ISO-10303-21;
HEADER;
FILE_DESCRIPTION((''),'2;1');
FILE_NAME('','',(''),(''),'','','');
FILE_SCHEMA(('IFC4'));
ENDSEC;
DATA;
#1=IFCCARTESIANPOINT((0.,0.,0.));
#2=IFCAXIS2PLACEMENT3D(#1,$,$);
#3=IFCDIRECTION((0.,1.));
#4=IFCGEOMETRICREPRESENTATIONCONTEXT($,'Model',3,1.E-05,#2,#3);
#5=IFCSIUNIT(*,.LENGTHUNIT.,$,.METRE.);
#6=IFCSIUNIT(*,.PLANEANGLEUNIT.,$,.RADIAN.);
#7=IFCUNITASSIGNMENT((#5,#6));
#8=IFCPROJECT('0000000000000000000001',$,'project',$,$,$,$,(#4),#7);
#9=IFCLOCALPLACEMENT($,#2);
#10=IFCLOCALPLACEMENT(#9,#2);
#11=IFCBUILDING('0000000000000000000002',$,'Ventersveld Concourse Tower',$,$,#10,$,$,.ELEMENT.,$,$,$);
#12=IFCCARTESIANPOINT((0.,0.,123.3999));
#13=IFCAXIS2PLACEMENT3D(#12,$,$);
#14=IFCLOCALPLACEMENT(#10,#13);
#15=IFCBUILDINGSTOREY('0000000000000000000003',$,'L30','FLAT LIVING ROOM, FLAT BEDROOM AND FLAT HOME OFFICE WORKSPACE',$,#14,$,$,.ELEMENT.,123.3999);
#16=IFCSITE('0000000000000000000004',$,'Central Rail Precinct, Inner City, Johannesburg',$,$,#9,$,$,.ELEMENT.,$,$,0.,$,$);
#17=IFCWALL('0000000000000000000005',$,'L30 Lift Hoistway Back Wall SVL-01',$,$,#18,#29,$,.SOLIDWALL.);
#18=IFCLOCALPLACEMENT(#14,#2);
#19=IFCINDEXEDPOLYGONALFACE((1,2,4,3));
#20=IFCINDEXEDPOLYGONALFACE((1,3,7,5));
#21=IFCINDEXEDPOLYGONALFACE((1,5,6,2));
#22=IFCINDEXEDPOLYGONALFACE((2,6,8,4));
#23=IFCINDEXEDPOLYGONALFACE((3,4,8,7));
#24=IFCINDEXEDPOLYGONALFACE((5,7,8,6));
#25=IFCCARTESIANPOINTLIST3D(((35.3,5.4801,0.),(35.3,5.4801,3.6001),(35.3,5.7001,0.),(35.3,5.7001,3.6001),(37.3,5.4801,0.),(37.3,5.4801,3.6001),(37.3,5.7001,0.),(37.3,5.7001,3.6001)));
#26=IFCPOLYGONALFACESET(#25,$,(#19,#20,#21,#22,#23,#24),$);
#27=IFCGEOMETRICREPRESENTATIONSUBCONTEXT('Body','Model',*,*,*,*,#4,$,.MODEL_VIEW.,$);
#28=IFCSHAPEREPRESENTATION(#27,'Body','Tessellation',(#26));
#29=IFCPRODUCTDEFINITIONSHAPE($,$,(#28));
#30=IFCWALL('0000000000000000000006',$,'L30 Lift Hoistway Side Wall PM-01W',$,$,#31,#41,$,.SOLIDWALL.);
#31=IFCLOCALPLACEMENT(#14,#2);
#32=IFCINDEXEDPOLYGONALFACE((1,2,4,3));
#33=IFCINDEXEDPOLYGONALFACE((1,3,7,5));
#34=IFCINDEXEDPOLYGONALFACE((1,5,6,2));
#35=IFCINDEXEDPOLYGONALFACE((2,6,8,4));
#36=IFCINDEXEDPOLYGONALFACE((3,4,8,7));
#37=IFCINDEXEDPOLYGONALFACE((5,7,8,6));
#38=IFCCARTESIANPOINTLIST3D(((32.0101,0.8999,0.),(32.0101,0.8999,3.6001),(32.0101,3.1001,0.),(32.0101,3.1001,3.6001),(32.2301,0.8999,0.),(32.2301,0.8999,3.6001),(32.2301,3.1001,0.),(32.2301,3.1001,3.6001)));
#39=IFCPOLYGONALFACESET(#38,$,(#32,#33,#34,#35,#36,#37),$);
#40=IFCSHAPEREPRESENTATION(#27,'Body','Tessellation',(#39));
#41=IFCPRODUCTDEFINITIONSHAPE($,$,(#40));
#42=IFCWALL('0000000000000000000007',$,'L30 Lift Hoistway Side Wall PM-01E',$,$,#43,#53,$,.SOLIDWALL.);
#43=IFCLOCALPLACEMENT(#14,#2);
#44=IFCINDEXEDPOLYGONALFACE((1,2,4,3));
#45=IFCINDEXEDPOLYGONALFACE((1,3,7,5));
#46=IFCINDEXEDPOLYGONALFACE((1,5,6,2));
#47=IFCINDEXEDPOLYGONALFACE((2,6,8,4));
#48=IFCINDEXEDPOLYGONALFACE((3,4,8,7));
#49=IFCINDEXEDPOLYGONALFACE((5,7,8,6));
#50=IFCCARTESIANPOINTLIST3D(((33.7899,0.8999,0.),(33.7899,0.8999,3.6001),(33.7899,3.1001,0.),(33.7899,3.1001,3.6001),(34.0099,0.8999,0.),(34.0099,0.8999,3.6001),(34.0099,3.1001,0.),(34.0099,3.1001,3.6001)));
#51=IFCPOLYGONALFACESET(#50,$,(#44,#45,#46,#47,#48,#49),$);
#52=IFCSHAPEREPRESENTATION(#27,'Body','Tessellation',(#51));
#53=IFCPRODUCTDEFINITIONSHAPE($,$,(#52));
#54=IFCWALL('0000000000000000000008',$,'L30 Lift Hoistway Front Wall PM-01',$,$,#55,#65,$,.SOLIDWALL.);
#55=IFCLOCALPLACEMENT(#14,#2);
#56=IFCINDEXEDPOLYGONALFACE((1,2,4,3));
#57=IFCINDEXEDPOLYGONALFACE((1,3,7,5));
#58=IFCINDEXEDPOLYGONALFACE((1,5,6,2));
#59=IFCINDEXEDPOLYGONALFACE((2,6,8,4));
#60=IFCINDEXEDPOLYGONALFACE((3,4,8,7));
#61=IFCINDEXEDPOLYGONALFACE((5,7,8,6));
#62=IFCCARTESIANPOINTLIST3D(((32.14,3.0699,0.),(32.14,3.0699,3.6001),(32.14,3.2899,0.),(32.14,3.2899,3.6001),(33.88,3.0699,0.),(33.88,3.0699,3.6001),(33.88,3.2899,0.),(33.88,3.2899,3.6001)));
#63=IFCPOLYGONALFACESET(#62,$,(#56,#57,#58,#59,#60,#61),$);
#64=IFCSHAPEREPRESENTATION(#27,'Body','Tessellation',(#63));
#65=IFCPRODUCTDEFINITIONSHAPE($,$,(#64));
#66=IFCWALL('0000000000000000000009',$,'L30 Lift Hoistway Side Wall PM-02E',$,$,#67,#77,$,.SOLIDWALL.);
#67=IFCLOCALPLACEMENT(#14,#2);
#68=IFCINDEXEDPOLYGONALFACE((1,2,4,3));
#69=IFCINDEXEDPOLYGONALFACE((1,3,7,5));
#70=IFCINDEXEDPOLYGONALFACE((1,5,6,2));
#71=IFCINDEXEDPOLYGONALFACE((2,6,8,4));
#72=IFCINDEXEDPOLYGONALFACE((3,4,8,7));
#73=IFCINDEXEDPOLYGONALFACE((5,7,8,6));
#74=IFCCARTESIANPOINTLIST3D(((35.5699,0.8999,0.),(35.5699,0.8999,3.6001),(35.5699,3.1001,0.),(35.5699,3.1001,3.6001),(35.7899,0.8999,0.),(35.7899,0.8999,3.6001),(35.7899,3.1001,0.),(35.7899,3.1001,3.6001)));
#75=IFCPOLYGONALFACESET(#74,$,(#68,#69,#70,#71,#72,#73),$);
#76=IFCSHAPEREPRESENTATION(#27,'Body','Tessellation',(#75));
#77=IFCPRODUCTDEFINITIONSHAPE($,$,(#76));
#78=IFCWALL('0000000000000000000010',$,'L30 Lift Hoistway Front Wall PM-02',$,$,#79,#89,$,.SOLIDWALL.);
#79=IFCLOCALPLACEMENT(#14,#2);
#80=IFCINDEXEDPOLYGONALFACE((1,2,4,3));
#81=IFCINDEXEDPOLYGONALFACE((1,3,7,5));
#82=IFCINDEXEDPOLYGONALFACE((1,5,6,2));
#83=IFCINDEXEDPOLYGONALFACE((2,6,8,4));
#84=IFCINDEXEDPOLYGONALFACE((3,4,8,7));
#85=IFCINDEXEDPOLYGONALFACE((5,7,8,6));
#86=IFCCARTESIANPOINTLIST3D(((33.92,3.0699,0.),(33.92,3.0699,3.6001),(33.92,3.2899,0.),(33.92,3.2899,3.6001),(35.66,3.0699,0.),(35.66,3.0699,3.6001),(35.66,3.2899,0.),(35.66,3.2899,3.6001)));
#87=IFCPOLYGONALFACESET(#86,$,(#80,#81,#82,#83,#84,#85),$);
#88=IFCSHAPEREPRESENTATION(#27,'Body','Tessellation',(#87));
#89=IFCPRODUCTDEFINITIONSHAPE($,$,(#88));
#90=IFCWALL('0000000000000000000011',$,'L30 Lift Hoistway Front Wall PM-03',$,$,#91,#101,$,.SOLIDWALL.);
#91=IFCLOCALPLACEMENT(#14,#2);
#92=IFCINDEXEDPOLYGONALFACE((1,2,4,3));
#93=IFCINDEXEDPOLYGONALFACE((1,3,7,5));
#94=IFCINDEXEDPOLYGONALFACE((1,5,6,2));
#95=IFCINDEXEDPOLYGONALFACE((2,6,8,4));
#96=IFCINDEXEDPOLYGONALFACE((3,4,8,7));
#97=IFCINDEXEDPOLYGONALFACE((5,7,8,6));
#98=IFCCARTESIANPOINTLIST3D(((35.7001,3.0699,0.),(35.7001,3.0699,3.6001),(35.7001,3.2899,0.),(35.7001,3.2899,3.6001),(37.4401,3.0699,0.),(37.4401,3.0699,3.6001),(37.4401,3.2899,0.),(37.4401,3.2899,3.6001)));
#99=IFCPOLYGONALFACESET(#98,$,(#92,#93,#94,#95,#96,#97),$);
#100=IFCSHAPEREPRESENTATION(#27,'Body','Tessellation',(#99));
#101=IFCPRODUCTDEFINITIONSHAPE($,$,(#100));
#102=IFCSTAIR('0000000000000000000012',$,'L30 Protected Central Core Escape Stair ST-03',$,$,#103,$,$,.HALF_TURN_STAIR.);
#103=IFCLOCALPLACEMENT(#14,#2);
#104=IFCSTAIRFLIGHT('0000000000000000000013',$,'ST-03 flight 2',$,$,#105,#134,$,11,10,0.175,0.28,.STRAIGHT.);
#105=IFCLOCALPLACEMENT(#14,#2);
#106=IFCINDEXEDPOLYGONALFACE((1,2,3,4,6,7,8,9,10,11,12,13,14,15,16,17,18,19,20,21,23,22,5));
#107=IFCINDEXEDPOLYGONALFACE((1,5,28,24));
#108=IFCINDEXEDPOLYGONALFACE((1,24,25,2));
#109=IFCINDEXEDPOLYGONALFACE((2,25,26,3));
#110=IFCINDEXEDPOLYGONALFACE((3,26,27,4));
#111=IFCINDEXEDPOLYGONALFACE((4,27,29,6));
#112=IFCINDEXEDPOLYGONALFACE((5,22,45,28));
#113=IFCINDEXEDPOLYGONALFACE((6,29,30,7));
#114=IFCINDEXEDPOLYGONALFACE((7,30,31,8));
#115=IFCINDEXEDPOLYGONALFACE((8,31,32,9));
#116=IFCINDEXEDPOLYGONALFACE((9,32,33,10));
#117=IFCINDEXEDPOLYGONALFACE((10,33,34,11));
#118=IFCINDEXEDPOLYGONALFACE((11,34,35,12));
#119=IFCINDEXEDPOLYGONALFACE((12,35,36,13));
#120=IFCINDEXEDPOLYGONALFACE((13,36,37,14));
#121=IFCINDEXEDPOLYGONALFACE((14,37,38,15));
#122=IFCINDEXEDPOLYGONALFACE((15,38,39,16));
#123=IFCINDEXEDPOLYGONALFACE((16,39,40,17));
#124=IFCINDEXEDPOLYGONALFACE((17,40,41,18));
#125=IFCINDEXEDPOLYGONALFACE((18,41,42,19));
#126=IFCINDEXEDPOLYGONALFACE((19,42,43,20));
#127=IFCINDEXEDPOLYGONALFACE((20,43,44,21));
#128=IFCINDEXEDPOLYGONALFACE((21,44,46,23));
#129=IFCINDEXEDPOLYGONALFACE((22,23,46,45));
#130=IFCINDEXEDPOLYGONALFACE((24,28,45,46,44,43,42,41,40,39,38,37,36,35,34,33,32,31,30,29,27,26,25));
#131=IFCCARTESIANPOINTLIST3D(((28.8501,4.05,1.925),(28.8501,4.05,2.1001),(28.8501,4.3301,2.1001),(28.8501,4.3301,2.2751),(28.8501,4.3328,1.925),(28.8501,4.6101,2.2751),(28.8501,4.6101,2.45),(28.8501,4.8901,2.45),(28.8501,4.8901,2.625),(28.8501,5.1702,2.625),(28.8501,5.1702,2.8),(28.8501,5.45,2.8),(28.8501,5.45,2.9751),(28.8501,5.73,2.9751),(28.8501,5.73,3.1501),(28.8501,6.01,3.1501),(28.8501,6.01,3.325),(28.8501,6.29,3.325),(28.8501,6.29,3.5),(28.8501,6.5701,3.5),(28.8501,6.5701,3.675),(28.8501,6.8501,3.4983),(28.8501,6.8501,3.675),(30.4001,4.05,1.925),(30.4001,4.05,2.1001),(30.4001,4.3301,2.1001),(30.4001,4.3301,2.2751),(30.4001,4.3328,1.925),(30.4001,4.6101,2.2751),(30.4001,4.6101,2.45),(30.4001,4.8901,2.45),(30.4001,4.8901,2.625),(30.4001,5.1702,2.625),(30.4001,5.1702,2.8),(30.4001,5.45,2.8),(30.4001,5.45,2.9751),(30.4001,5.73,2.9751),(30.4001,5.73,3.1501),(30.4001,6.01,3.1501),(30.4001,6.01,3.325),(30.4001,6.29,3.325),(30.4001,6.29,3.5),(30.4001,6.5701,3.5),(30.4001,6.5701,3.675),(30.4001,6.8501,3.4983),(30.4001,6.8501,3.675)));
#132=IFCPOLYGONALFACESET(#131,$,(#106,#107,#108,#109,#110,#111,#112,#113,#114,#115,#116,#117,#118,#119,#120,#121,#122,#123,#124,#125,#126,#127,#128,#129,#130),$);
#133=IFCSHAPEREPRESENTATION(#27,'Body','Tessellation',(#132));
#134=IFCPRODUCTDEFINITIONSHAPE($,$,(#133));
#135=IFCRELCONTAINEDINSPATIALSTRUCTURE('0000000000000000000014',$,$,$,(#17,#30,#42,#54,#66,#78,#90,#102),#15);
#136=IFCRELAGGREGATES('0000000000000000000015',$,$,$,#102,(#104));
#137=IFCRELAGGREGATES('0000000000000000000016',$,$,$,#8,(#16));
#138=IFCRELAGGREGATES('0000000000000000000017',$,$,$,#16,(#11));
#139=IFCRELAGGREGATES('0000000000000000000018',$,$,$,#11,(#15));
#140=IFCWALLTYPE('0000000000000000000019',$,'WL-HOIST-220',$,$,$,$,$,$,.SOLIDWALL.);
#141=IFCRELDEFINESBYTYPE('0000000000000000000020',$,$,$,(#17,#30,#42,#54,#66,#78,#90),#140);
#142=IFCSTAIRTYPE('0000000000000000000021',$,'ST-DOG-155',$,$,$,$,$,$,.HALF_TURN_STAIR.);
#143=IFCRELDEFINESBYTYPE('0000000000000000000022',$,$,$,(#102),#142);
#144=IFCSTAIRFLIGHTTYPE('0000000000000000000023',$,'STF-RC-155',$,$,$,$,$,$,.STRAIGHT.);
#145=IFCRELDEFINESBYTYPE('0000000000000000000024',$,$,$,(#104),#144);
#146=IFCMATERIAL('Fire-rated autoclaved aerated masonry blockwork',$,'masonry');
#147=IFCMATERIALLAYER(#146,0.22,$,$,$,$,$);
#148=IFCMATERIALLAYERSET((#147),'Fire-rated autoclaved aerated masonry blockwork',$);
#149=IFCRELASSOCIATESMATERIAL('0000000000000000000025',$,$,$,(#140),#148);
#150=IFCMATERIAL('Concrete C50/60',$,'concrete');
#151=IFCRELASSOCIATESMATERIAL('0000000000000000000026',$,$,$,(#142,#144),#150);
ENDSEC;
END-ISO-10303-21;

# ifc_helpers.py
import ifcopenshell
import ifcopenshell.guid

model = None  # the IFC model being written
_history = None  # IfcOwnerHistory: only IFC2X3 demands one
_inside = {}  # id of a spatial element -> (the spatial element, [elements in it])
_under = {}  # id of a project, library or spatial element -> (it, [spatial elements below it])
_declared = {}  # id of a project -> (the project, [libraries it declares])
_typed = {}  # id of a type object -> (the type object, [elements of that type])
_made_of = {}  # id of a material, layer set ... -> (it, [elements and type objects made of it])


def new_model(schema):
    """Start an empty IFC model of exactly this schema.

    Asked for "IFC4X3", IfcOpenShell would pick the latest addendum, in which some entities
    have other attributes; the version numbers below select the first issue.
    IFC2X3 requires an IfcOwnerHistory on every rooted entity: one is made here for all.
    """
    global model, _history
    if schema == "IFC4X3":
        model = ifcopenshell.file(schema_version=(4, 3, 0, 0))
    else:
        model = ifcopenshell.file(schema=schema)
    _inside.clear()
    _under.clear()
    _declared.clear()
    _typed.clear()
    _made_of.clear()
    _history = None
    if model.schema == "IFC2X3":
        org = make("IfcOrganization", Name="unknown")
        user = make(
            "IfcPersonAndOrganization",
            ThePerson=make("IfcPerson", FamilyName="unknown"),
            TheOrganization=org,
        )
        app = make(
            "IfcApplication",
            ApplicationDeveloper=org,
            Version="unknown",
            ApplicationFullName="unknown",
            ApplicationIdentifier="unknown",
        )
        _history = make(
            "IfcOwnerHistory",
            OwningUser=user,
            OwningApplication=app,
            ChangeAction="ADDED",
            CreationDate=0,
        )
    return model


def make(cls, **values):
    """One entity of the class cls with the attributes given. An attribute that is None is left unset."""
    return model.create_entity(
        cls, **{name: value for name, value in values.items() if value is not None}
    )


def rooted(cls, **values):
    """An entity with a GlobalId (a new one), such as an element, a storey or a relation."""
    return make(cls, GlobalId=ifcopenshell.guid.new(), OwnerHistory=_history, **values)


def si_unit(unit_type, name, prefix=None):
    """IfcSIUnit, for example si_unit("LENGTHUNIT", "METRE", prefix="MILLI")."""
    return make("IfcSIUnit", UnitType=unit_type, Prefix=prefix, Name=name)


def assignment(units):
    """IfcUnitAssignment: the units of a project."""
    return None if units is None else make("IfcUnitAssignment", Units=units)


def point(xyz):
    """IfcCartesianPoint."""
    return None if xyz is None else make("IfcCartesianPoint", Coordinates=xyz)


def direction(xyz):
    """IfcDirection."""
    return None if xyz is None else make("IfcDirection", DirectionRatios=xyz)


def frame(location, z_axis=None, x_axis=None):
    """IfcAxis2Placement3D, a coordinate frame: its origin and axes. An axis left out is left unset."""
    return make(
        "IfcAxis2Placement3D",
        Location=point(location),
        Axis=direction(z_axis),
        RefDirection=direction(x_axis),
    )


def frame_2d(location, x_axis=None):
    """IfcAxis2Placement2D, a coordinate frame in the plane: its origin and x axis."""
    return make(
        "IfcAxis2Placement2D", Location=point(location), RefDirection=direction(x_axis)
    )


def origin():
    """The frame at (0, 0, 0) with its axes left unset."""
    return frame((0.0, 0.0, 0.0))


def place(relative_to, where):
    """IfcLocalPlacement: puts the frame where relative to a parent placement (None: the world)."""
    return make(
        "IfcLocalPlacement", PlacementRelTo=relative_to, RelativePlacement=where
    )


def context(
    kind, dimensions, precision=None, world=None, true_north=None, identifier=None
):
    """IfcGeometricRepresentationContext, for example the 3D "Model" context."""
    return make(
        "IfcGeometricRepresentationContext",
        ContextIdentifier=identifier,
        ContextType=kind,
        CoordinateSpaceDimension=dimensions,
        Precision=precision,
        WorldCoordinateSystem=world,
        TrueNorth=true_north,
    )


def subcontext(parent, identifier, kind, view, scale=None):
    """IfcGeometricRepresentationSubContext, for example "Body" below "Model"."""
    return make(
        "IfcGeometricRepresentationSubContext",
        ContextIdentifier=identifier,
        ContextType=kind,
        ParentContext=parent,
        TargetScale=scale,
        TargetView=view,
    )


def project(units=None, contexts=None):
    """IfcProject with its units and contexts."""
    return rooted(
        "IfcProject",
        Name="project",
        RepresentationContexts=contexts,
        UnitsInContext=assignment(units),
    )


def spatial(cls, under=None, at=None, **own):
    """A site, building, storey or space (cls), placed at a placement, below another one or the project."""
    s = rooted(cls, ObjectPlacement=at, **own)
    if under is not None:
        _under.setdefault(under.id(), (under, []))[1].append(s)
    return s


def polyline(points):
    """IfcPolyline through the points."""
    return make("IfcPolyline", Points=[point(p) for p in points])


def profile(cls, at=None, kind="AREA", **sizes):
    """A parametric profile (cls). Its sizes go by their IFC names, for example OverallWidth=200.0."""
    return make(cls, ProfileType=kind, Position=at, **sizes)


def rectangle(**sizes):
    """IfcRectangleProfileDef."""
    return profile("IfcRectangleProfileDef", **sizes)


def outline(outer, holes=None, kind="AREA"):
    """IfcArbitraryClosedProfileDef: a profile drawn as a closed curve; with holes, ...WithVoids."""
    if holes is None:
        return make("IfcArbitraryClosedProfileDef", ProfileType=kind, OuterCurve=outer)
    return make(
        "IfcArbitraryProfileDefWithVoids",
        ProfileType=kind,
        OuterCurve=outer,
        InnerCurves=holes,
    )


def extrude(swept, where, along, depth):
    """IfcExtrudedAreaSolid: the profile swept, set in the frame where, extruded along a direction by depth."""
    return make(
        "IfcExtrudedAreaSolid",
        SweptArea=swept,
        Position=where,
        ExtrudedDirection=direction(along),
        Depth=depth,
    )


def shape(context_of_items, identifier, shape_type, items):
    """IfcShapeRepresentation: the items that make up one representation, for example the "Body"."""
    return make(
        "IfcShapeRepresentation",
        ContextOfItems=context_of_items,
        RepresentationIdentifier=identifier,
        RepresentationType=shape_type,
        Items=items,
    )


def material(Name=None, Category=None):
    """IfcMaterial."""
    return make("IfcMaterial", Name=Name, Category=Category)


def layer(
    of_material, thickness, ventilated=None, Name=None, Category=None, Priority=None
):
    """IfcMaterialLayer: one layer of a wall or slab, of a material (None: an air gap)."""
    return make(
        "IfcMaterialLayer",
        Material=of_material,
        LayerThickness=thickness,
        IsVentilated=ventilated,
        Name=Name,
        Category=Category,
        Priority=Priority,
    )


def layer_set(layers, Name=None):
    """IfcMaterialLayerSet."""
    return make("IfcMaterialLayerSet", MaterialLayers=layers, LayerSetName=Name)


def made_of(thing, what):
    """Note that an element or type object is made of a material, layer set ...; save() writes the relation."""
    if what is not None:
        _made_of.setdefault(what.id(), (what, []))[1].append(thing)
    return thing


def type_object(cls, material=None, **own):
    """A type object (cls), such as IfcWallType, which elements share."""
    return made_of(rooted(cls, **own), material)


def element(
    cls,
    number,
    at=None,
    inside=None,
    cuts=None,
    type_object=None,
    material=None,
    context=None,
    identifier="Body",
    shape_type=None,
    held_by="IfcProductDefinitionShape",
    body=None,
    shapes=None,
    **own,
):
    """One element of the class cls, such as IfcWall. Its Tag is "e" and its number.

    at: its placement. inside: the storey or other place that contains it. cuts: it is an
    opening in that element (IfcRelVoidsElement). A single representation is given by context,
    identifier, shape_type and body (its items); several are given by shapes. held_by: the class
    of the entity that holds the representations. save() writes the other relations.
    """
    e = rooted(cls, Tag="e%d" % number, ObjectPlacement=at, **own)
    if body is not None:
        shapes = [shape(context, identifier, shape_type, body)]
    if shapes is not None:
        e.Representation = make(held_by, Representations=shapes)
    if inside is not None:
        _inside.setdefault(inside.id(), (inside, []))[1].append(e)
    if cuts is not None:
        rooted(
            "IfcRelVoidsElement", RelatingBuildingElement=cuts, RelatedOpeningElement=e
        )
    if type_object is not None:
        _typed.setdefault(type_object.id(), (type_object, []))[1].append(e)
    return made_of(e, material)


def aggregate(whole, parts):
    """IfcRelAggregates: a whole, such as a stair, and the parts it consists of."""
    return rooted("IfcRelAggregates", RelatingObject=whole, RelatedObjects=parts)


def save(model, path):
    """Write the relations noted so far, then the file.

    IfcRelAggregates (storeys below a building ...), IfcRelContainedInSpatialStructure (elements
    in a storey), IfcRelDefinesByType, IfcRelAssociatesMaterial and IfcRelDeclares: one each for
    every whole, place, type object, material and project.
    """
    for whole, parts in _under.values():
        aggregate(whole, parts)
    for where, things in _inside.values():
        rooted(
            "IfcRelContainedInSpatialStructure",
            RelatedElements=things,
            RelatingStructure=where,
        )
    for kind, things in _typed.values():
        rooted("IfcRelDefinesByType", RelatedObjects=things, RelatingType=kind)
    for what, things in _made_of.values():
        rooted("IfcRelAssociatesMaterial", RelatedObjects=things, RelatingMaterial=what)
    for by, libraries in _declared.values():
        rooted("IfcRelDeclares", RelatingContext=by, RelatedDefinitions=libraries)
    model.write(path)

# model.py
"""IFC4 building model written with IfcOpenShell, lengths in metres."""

from ifc_helpers import new_model, si_unit, direction, frame, frame_2d, origin, place, context, subcontext, project, spatial, polyline, rectangle, outline, extrude, material, layer, layer_set, type_object, element, aggregate, save


model = new_model("IFC4")

# Units and contexts
model_context = context("Model", 3, precision=1e-05, world=origin(), true_north=direction((0.0, 1.0)))
body_context = subcontext(model_context, "Body", "Model", "MODEL_VIEW")
ifc_project = project(units=[si_unit("LENGTHUNIT", "METRE"), si_unit("PLANEANGLEUNIT", "RADIAN")], contexts=[model_context])

# Site, building, storey
site_placement = place(None, origin())
site = spatial("IfcSite", under=ifc_project, at=site_placement, Name="Central Rail Precinct, Inner City, Johannesburg", CompositionType="ELEMENT", RefElevation=0.0)
building_placement = place(site_placement, origin())
building = spatial("IfcBuilding", under=site, at=building_placement, Name="Ventersveld Concourse Tower", CompositionType="ELEMENT")
storey_placement = place(building_placement, frame((0.0, 0.0, 123.3999)))
storey = spatial("IfcBuildingStorey", under=building, at=storey_placement, Name="L30", Description="FLAT LIVING ROOM, FLAT BEDROOM AND FLAT HOME OFFICE WORKSPACE", CompositionType="ELEMENT", Elevation=123.3999)

# Shared definitions
ifc_material_1 = material(Name="Concrete C50/60", Category="concrete")

# Walls
ifc_material_2 = material(Name="Fire-rated autoclaved aerated masonry blockwork", Category="masonry")
ifc_layer_1 = layer(ifc_material_2, 0.22)
ifc_layer_set_1 = layer_set([ifc_layer_1], Name="Fire-rated autoclaved aerated masonry blockwork")
wall_type_1 = type_object("IfcWallType", Name="WL-HOIST-220", PredefinedType="SOLIDWALL", material=ifc_layer_set_1)
wall_1_placement = place(storey_placement, frame((35.3, 5.5901, 0.0), z_axis=(0.0, 0.0, 1.0), x_axis=(1.0, 0.0, 0.0)))
element("IfcWall", 1, at=wall_1_placement, inside=storey, type_object=wall_type_1, Name="L30 Lift Hoistway Back Wall SVL-01", PredefinedType="SOLIDWALL", context=body_context, shape_type="SweptSolid", body=[
    extrude(rectangle(XDim=2.0, YDim=0.22, at=frame_2d((1.0, 0.0))), origin(), (0.0, 0.0, 1.0), 3.6001),
])
for number, where, z_axis, x_axis, name in (
    (2, (32.1201, 0.8999, 0.0), (0.0, 0.0, 1.0), (0.0, 1.0, 0.0), "L30 Lift Hoistway Side Wall PM-01W"),
    (3, (33.8999, 0.8999, 0.0), (0.0, 0.0, 1.0), (0.0, 1.0, 0.0), "L30 Lift Hoistway Side Wall PM-01E"),
):
    element("IfcWall", number, at=place(storey_placement, frame(where, z_axis=z_axis, x_axis=x_axis)), inside=storey, type_object=wall_type_1, Name=name, PredefinedType="SOLIDWALL", context=body_context, shape_type="SweptSolid", body=[
        extrude(rectangle(XDim=2.2002, YDim=0.22, at=frame_2d((1.1001, 0.0))), origin(), (0.0, 0.0, 1.0), 3.6001),
    ])
wall_2_placement = place(storey_placement, frame((32.1399, 3.1799, 0.0), z_axis=(0.0, 0.0, 1.0), x_axis=(1.0, 0.0, 0.0)))
element("IfcWall", 4, at=wall_2_placement, inside=storey, type_object=wall_type_1, Name="L30 Lift Hoistway Front Wall PM-01", PredefinedType="SOLIDWALL", context=body_context, shape_type="SweptSolid", body=[
    extrude(rectangle(XDim=1.74, YDim=0.22, at=frame_2d((0.8701, 0.0))), origin(), (0.0, 0.0, 1.0), 3.6001),
])
wall_3_placement = place(storey_placement, frame((35.6799, 0.8999, 0.0), z_axis=(0.0, 0.0, 1.0), x_axis=(0.0, 1.0, 0.0)))
element("IfcWall", 5, at=wall_3_placement, inside=storey, type_object=wall_type_1, Name="L30 Lift Hoistway Side Wall PM-02E", PredefinedType="SOLIDWALL", context=body_context, shape_type="SweptSolid", body=[
    extrude(rectangle(XDim=2.2002, YDim=0.22, at=frame_2d((1.1001, 0.0))), origin(), (0.0, 0.0, 1.0), 3.6001),
])
for number, where, z_axis, x_axis, name in (
    (6, (33.9199, 3.1799, 0.0), (0.0, 0.0, 1.0), (1.0, 0.0, 0.0), "L30 Lift Hoistway Front Wall PM-02"),
    (7, (35.7, 3.1799, 0.0), (0.0, 0.0, 1.0), (1.0, 0.0, 0.0), "L30 Lift Hoistway Front Wall PM-03"),
):
    element("IfcWall", number, at=place(storey_placement, frame(where, z_axis=z_axis, x_axis=x_axis)), inside=storey, type_object=wall_type_1, Name=name, PredefinedType="SOLIDWALL", context=body_context, shape_type="SweptSolid", body=[
        extrude(rectangle(XDim=1.74, YDim=0.22, at=frame_2d((0.8701, 0.0))), origin(), (0.0, 0.0, 1.0), 3.6001),
    ])

# Stair, stair flight
stair_type = type_object("IfcStairType", Name="ST-DOG-155", PredefinedType="HALF_TURN_STAIR", material=ifc_material_1)
stair_placement = place(storey_placement, origin())
stair = element("IfcStair", 8, at=stair_placement, inside=storey, type_object=stair_type, Name="L30 Protected Central Core Escape Stair ST-03", PredefinedType="HALF_TURN_STAIR")
stair_flight_type = type_object("IfcStairFlightType", Name="STF-RC-155", PredefinedType="STRAIGHT", material=ifc_material_1)
stair_flight_placement = place(storey_placement, frame((29.625, 4.05, 1.925), z_axis=(0.0, 0.0, 1.0), x_axis=(0.0, 1.0, 0.0)))
stair_flight = element("IfcStairFlight", 9, at=stair_flight_placement, type_object=stair_flight_type, Name="ST-03 flight 2", NumberOfRisers=11, NumberOfTreads=10, PredefinedType="STRAIGHT", RiserHeight=0.175, TreadLength=0.28, context=body_context, shape_type="SweptSolid", body=[
    extrude(outline(polyline([(0.0, 0.0), (0.0, 0.175), (0.28, 0.175), (0.28, 0.3501), (0.5601, 0.3501), (0.5601, 0.5249), (0.8401, 0.5249), (0.8401, 0.7), (1.1201, 0.7), (1.1201, 0.875), (1.3999, 0.875), (1.3999, 1.05), (1.6799, 1.05), (1.6799, 1.2251), (1.96, 1.2251), (1.96, 1.3999), (2.24, 1.3999), (2.24, 1.575), (2.52, 1.575), (2.52, 1.75), (2.8, 1.75), (2.8, 1.925), (2.8, 1.5732), (0.2827, 0.0), (0.0, 0.0)])), frame((0.0, 0.7749, 0.0), z_axis=(0.0, -1.0, 0.0), x_axis=(1.0, 0.0, 0.0)), (0.0, 0.0, 1.0), 1.55),
])
aggregate(stair, [stair_flight])

save(model, "model.ifc")
